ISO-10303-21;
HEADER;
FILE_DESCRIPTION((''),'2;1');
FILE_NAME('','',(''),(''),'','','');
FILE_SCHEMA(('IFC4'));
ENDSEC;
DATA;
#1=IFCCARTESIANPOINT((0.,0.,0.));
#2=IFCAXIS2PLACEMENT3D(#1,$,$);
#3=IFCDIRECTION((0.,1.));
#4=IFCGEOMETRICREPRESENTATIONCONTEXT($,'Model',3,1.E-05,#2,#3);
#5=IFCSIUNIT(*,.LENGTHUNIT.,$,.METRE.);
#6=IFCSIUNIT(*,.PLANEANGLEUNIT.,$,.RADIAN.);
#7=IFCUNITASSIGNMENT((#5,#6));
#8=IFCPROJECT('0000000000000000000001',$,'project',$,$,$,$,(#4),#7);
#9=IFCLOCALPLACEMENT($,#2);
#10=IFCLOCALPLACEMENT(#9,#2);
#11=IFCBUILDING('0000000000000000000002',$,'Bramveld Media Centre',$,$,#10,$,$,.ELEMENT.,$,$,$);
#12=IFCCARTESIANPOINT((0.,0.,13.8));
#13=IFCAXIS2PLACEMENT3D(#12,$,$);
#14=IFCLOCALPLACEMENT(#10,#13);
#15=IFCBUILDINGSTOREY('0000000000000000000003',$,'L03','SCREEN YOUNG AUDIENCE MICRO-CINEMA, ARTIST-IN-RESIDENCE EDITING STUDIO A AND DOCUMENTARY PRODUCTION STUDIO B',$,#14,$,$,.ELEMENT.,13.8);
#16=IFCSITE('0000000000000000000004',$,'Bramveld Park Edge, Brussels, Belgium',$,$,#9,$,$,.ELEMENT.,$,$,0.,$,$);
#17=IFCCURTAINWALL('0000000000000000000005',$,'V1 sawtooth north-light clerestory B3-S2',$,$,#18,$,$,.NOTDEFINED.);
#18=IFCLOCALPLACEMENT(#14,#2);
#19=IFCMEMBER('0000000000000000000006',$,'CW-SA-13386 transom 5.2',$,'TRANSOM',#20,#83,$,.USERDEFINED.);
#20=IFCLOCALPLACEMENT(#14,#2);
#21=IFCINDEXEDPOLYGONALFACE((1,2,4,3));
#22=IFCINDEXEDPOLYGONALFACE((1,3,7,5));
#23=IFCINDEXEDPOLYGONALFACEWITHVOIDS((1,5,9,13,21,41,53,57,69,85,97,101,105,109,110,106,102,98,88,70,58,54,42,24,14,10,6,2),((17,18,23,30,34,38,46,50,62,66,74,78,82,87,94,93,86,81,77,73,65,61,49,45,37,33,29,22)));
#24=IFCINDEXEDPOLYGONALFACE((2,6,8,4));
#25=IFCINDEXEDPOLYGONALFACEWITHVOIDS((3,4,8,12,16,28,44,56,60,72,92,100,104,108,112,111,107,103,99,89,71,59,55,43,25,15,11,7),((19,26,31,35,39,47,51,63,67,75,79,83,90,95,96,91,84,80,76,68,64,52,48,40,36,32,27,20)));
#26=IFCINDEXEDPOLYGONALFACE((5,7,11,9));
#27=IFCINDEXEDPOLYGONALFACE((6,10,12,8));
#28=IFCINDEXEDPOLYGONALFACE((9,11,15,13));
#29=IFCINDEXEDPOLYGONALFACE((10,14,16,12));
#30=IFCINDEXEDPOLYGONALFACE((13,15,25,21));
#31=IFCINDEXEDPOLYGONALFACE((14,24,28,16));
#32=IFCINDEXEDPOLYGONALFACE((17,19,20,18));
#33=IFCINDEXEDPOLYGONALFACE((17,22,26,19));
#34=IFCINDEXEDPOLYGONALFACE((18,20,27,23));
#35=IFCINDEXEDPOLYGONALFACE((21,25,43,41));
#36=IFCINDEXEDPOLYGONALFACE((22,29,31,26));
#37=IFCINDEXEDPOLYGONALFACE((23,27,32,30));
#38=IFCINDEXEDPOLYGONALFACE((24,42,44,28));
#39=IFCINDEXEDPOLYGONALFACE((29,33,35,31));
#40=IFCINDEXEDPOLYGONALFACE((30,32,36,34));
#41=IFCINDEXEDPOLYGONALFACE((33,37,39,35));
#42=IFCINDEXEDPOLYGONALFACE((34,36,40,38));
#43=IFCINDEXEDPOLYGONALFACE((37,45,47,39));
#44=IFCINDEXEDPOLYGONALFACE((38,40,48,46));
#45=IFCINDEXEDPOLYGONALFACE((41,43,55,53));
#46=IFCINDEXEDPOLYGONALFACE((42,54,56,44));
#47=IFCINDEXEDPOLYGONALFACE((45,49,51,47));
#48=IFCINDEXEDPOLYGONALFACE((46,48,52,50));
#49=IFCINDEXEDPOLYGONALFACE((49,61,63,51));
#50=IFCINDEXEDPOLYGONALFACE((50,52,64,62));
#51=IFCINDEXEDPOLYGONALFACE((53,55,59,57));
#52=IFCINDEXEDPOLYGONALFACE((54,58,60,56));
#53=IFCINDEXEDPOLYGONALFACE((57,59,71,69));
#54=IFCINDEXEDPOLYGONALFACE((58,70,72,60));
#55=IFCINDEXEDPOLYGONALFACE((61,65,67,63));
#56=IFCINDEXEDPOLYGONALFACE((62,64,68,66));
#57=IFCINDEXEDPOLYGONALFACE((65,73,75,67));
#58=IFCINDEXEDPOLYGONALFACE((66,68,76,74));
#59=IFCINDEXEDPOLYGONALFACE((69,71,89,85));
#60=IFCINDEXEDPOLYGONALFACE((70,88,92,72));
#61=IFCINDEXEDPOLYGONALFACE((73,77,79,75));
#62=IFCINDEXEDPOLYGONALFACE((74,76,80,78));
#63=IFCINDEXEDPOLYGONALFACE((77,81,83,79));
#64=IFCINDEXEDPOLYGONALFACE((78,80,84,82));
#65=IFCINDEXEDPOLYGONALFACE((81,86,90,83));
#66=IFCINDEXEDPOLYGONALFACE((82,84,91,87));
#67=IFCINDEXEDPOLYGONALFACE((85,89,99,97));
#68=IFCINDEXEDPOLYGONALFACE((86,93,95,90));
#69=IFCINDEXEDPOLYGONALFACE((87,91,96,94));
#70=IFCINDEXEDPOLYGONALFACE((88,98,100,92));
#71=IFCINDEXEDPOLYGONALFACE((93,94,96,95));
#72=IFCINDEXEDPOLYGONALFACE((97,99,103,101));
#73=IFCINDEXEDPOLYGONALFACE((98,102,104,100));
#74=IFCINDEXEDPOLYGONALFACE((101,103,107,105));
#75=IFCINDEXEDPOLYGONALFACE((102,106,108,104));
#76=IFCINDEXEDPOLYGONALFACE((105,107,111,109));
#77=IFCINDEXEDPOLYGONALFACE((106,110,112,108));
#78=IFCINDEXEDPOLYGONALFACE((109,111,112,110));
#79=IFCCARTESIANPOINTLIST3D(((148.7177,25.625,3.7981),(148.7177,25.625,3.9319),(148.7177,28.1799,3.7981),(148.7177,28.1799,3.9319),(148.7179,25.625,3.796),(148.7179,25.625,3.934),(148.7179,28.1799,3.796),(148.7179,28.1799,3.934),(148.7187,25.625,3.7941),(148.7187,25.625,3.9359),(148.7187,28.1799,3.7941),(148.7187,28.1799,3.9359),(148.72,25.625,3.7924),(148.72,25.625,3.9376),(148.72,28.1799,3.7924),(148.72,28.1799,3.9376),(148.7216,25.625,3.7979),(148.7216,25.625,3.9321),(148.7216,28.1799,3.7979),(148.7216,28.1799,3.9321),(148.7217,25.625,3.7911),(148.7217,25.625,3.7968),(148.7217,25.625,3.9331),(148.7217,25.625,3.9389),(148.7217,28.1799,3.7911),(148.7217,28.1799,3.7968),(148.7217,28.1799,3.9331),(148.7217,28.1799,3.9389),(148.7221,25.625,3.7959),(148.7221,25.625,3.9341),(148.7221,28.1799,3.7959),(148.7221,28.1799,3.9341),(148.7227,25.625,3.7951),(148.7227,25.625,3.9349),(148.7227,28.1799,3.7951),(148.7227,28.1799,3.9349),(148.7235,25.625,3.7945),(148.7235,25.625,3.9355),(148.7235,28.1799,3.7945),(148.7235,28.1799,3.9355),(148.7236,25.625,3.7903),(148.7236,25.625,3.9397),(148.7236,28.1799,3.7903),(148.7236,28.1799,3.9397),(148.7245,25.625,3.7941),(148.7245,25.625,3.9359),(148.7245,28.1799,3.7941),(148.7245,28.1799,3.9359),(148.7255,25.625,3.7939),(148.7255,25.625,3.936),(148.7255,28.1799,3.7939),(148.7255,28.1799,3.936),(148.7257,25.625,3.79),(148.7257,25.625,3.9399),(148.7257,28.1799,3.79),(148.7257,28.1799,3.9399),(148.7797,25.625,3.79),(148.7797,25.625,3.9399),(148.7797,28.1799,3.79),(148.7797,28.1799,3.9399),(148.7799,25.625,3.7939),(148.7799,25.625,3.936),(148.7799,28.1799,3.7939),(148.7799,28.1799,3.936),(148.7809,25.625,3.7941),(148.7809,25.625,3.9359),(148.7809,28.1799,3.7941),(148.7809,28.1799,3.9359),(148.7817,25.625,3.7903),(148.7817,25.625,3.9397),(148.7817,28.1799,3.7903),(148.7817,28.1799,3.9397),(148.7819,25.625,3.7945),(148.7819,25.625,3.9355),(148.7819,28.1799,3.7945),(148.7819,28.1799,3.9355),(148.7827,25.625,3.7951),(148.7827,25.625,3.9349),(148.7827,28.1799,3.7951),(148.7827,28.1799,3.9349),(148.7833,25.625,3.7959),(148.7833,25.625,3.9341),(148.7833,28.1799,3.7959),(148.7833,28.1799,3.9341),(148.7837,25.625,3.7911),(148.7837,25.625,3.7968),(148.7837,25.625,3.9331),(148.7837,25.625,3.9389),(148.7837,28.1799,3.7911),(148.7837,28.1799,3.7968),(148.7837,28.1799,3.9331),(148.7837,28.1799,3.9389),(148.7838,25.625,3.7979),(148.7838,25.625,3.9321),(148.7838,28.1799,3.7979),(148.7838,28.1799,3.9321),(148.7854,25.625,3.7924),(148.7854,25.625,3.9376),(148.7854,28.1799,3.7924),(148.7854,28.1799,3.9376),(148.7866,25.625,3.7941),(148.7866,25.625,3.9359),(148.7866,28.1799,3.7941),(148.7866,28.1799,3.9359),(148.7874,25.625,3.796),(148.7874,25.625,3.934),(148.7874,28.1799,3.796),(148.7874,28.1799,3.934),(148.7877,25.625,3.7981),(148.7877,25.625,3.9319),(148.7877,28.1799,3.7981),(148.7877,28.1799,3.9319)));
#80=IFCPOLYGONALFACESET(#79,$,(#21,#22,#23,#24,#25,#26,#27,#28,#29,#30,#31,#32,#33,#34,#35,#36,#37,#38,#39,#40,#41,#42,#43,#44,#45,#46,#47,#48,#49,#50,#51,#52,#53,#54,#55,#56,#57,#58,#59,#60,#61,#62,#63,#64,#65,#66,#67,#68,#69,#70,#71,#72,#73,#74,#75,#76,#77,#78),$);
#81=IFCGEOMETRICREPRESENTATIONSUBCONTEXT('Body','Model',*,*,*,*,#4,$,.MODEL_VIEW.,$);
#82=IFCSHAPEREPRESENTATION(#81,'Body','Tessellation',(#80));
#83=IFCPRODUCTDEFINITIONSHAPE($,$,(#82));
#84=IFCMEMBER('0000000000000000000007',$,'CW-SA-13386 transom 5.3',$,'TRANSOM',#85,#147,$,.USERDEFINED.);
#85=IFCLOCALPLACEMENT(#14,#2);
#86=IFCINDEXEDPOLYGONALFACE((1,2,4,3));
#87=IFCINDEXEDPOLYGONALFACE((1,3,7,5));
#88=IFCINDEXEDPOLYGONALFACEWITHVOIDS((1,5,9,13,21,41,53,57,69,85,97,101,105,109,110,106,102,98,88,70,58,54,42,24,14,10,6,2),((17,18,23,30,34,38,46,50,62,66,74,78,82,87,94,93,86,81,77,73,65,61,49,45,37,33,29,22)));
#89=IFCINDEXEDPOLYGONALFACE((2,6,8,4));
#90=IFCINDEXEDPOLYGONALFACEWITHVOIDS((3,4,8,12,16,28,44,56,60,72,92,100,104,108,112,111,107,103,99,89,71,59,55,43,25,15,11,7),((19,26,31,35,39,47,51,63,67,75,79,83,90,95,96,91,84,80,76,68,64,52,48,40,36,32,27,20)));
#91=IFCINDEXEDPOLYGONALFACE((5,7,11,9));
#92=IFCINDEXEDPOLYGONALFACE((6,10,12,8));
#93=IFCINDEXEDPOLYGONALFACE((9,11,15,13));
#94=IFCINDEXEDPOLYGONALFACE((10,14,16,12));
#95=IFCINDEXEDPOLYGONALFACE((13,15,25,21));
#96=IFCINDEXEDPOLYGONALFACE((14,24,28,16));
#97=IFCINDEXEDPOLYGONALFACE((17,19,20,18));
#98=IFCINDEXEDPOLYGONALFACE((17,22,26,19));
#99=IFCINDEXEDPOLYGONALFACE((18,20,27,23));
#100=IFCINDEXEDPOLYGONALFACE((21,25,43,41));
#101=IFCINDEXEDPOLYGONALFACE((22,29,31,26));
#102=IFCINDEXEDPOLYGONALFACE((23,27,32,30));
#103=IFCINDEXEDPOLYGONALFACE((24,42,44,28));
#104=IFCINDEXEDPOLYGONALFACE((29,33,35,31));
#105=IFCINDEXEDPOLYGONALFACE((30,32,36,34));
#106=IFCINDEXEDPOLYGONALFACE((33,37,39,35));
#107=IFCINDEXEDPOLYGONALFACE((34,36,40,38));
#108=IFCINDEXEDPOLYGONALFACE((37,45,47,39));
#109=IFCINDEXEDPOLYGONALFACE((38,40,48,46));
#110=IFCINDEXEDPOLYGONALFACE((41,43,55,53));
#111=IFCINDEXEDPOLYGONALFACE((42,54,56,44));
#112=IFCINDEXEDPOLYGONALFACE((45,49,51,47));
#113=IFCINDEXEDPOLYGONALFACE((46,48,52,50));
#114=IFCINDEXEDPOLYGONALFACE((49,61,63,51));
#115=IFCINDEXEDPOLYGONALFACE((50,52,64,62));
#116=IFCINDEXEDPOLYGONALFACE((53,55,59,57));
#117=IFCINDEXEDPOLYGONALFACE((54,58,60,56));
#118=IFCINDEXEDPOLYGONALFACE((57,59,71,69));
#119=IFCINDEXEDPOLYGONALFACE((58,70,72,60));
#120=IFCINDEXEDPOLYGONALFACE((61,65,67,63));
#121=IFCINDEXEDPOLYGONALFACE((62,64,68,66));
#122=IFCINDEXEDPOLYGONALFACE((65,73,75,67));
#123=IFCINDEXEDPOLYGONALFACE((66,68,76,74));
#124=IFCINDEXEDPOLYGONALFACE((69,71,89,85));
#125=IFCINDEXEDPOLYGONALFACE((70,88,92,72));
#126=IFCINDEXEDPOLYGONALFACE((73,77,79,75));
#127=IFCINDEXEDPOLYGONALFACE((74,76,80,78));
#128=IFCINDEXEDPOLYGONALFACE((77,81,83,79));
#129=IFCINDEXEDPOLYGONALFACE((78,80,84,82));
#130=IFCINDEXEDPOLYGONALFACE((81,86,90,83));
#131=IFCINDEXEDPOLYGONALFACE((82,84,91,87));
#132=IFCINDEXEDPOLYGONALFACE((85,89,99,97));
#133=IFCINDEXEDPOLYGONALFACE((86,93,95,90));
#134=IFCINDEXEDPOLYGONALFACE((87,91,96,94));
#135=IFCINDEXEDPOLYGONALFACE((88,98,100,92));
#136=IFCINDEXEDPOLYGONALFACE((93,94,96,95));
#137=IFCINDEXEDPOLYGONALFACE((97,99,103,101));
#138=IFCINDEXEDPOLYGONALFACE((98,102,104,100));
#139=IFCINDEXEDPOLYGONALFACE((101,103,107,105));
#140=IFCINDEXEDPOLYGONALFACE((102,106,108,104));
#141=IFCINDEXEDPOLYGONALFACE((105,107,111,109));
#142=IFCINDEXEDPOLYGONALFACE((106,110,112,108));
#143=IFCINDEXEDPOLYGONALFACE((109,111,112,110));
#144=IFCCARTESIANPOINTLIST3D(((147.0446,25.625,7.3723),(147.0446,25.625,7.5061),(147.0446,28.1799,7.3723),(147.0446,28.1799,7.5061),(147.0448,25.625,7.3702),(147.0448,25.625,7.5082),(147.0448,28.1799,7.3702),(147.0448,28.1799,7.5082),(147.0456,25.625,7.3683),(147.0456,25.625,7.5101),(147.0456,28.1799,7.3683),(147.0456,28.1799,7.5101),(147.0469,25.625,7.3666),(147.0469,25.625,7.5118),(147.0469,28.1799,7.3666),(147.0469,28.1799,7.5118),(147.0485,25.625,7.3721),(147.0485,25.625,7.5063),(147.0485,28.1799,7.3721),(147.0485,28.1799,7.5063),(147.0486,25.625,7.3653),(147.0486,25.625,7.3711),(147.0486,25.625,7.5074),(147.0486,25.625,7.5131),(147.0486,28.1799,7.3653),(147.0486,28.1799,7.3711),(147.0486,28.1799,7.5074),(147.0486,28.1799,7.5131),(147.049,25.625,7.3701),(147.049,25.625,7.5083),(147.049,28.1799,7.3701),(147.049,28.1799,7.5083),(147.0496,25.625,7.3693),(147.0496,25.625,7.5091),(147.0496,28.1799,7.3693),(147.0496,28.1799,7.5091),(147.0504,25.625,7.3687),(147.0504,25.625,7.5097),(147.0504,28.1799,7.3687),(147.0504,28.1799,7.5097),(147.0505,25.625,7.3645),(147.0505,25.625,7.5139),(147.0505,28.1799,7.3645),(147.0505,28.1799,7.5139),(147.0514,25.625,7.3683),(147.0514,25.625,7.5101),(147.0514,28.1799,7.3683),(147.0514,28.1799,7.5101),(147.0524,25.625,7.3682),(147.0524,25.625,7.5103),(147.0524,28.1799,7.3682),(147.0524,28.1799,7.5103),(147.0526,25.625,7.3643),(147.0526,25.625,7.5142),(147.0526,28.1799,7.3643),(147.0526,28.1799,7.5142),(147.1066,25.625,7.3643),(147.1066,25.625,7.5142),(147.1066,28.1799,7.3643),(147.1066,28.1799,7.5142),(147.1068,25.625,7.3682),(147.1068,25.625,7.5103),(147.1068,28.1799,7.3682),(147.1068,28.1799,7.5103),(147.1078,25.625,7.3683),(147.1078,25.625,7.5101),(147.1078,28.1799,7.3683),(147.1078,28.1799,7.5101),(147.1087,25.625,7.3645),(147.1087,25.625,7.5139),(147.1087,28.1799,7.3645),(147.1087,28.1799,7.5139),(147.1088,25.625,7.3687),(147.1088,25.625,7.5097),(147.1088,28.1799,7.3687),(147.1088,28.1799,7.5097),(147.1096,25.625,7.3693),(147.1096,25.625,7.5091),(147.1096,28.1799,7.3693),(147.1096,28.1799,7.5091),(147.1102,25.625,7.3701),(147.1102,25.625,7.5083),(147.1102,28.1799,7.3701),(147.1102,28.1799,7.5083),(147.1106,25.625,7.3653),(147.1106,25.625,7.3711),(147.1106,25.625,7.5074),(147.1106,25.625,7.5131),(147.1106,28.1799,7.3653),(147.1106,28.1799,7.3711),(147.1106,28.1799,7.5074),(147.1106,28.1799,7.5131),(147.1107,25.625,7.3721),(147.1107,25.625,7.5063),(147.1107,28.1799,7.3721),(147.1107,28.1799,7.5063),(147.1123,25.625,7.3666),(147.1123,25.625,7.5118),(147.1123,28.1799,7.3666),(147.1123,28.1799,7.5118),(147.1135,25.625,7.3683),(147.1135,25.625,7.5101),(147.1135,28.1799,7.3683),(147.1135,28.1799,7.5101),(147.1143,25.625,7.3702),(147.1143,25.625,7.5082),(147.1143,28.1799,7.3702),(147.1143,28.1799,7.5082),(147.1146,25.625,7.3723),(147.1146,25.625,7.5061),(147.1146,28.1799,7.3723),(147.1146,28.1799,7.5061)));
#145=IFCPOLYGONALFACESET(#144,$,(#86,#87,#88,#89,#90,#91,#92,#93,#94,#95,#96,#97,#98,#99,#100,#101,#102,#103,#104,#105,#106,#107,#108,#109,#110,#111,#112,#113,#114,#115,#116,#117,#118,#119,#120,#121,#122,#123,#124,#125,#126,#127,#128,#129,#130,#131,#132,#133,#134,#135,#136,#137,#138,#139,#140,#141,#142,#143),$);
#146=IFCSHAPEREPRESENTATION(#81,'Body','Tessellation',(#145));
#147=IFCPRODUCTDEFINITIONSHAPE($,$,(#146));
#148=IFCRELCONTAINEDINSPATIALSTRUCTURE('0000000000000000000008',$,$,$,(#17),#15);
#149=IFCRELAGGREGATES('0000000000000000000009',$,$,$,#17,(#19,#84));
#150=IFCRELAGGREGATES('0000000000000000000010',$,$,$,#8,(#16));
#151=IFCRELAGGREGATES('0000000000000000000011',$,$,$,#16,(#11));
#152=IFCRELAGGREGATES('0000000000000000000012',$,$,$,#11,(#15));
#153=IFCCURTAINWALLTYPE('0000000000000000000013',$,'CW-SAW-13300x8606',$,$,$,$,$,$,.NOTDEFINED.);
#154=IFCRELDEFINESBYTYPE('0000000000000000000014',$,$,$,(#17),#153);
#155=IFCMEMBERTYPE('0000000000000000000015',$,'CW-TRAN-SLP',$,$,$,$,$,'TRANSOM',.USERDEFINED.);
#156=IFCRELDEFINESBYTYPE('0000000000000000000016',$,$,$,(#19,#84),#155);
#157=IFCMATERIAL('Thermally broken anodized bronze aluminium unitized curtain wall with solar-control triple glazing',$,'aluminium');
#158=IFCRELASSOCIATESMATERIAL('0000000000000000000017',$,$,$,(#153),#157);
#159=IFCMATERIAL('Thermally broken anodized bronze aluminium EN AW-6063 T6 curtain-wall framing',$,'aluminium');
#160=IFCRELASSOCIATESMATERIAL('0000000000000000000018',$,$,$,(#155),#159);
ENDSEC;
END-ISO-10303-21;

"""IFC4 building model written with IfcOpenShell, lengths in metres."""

from ifc_helpers import new_model, si_unit, direction, frame, origin, origin_2d, place, context, subcontext, project, spatial, hollow_rectangle, extrude, material, material_profile, profile_set, type_object, element, aggregate, save


model = new_model("IFC4")

# Units and contexts
model_context = context("Model", 3, precision=1e-05, world=origin(), true_north=direction((0.0, 1.0)))
body_context = subcontext(model_context, "Body", "Model", "MODEL_VIEW")
ifc_project = project(units=[si_unit("LENGTHUNIT", "METRE"), si_unit("PLANEANGLEUNIT", "RADIAN")], contexts=[model_context])

# Site, building, storey
site_placement = place(None, origin())
site = spatial("IfcSite", under=ifc_project, at=site_placement, Name="Bramveld Park Edge, Brussels, Belgium", CompositionType="ELEMENT", RefElevation=0.0)
building_placement = place(site_placement, origin())
building = spatial("IfcBuilding", under=site, at=building_placement, Name="Bramveld Media Centre", CompositionType="ELEMENT")
storey_placement = place(building_placement, frame((0.0, 0.0, 13.8)))
storey = spatial("IfcBuildingStorey", under=building, at=storey_placement, Name="L03", Description="SCREEN YOUNG AUDIENCE MICRO-CINEMA, ARTIST-IN-RESIDENCE EDITING STUDIO A AND DOCUMENTARY PRODUCTION STUDIO B", CompositionType="ELEMENT", Elevation=13.8)

# Shared definitions
ifc_material_1 = material(Name="Thermally broken anodized bronze aluminium unitized curtain wall with solar-control triple glazing", Category="aluminium")
curtain_wall_type_1 = type_object("IfcCurtainWallType", Name="CW-SAW-13300x8606", PredefinedType="NOTDEFINED", material=ifc_material_1)

# Shared definitions
ifc_material_2 = material(Name="Thermally broken anodized bronze aluminium EN AW-6063 T6 curtain-wall framing", Category="aluminium")
ifc_material_profile_1 = material_profile(ifc_material_2, hollow_rectangle(XDim=0.0701, YDim=0.1499, WallThickness=0.0039, InnerFilletRadius=0.0039, OuterFilletRadius=0.0081, at=origin_2d()), Name="AL-TRAN 70x150")
ifc_profile_set_1 = profile_set([ifc_material_profile_1], Name="Thermally broken anodized bronze aluminium EN AW-6063 T6 curtain-wall framing")
member_type_1 = type_object("IfcMemberType", Name="CW-TRAN-SLP", ElementType="TRANSOM", PredefinedType="USERDEFINED", material=ifc_profile_set_1)

# Curtain wall, members
curtain_wall_1_placement = place(storey_placement, origin())
curtain_wall_1 = element("IfcCurtainWall", 1, at=curtain_wall_1_placement, inside=storey, type_object=curtain_wall_type_1, Name="V1 sawtooth north-light clerestory B3-S2", PredefinedType="NOTDEFINED")
member_1_placement = place(storey_placement, frame((148.7527, 25.625, 3.865), z_axis=(0.0, 1.0, 0.0), x_axis=(-1.0, 0.0, 0.0)))
member_1 = element("IfcMember", 2, at=member_1_placement, type_object=member_type_1, Name="CW-SA-13386 transom 5.2", ObjectType="TRANSOM", PredefinedType="USERDEFINED", context=body_context, shape_type="SweptSolid", body=[
    extrude(hollow_rectangle(XDim=0.0701, YDim=0.1499, WallThickness=0.0039, InnerFilletRadius=0.0039, OuterFilletRadius=0.0081, at=origin_2d()), origin(), (0.0, 0.0, 1.0), 2.5549),
])
member_2_placement = place(storey_placement, frame((147.0796, 25.625, 7.4392), z_axis=(0.0, 1.0, 0.0), x_axis=(-1.0, 0.0, 0.0)))
member_2 = element("IfcMember", 3, at=member_2_placement, type_object=member_type_1, Name="CW-SA-13386 transom 5.3", ObjectType="TRANSOM", PredefinedType="USERDEFINED", context=body_context, shape_type="SweptSolid", body=[
    extrude(hollow_rectangle(XDim=0.0701, YDim=0.1499, WallThickness=0.0039, InnerFilletRadius=0.0039, OuterFilletRadius=0.0081, at=origin_2d()), origin(), (0.0, 0.0, 1.0), 2.5549),
])

aggregate(curtain_wall_1, [member_1, member_2])

save(model, "model.ifc")
